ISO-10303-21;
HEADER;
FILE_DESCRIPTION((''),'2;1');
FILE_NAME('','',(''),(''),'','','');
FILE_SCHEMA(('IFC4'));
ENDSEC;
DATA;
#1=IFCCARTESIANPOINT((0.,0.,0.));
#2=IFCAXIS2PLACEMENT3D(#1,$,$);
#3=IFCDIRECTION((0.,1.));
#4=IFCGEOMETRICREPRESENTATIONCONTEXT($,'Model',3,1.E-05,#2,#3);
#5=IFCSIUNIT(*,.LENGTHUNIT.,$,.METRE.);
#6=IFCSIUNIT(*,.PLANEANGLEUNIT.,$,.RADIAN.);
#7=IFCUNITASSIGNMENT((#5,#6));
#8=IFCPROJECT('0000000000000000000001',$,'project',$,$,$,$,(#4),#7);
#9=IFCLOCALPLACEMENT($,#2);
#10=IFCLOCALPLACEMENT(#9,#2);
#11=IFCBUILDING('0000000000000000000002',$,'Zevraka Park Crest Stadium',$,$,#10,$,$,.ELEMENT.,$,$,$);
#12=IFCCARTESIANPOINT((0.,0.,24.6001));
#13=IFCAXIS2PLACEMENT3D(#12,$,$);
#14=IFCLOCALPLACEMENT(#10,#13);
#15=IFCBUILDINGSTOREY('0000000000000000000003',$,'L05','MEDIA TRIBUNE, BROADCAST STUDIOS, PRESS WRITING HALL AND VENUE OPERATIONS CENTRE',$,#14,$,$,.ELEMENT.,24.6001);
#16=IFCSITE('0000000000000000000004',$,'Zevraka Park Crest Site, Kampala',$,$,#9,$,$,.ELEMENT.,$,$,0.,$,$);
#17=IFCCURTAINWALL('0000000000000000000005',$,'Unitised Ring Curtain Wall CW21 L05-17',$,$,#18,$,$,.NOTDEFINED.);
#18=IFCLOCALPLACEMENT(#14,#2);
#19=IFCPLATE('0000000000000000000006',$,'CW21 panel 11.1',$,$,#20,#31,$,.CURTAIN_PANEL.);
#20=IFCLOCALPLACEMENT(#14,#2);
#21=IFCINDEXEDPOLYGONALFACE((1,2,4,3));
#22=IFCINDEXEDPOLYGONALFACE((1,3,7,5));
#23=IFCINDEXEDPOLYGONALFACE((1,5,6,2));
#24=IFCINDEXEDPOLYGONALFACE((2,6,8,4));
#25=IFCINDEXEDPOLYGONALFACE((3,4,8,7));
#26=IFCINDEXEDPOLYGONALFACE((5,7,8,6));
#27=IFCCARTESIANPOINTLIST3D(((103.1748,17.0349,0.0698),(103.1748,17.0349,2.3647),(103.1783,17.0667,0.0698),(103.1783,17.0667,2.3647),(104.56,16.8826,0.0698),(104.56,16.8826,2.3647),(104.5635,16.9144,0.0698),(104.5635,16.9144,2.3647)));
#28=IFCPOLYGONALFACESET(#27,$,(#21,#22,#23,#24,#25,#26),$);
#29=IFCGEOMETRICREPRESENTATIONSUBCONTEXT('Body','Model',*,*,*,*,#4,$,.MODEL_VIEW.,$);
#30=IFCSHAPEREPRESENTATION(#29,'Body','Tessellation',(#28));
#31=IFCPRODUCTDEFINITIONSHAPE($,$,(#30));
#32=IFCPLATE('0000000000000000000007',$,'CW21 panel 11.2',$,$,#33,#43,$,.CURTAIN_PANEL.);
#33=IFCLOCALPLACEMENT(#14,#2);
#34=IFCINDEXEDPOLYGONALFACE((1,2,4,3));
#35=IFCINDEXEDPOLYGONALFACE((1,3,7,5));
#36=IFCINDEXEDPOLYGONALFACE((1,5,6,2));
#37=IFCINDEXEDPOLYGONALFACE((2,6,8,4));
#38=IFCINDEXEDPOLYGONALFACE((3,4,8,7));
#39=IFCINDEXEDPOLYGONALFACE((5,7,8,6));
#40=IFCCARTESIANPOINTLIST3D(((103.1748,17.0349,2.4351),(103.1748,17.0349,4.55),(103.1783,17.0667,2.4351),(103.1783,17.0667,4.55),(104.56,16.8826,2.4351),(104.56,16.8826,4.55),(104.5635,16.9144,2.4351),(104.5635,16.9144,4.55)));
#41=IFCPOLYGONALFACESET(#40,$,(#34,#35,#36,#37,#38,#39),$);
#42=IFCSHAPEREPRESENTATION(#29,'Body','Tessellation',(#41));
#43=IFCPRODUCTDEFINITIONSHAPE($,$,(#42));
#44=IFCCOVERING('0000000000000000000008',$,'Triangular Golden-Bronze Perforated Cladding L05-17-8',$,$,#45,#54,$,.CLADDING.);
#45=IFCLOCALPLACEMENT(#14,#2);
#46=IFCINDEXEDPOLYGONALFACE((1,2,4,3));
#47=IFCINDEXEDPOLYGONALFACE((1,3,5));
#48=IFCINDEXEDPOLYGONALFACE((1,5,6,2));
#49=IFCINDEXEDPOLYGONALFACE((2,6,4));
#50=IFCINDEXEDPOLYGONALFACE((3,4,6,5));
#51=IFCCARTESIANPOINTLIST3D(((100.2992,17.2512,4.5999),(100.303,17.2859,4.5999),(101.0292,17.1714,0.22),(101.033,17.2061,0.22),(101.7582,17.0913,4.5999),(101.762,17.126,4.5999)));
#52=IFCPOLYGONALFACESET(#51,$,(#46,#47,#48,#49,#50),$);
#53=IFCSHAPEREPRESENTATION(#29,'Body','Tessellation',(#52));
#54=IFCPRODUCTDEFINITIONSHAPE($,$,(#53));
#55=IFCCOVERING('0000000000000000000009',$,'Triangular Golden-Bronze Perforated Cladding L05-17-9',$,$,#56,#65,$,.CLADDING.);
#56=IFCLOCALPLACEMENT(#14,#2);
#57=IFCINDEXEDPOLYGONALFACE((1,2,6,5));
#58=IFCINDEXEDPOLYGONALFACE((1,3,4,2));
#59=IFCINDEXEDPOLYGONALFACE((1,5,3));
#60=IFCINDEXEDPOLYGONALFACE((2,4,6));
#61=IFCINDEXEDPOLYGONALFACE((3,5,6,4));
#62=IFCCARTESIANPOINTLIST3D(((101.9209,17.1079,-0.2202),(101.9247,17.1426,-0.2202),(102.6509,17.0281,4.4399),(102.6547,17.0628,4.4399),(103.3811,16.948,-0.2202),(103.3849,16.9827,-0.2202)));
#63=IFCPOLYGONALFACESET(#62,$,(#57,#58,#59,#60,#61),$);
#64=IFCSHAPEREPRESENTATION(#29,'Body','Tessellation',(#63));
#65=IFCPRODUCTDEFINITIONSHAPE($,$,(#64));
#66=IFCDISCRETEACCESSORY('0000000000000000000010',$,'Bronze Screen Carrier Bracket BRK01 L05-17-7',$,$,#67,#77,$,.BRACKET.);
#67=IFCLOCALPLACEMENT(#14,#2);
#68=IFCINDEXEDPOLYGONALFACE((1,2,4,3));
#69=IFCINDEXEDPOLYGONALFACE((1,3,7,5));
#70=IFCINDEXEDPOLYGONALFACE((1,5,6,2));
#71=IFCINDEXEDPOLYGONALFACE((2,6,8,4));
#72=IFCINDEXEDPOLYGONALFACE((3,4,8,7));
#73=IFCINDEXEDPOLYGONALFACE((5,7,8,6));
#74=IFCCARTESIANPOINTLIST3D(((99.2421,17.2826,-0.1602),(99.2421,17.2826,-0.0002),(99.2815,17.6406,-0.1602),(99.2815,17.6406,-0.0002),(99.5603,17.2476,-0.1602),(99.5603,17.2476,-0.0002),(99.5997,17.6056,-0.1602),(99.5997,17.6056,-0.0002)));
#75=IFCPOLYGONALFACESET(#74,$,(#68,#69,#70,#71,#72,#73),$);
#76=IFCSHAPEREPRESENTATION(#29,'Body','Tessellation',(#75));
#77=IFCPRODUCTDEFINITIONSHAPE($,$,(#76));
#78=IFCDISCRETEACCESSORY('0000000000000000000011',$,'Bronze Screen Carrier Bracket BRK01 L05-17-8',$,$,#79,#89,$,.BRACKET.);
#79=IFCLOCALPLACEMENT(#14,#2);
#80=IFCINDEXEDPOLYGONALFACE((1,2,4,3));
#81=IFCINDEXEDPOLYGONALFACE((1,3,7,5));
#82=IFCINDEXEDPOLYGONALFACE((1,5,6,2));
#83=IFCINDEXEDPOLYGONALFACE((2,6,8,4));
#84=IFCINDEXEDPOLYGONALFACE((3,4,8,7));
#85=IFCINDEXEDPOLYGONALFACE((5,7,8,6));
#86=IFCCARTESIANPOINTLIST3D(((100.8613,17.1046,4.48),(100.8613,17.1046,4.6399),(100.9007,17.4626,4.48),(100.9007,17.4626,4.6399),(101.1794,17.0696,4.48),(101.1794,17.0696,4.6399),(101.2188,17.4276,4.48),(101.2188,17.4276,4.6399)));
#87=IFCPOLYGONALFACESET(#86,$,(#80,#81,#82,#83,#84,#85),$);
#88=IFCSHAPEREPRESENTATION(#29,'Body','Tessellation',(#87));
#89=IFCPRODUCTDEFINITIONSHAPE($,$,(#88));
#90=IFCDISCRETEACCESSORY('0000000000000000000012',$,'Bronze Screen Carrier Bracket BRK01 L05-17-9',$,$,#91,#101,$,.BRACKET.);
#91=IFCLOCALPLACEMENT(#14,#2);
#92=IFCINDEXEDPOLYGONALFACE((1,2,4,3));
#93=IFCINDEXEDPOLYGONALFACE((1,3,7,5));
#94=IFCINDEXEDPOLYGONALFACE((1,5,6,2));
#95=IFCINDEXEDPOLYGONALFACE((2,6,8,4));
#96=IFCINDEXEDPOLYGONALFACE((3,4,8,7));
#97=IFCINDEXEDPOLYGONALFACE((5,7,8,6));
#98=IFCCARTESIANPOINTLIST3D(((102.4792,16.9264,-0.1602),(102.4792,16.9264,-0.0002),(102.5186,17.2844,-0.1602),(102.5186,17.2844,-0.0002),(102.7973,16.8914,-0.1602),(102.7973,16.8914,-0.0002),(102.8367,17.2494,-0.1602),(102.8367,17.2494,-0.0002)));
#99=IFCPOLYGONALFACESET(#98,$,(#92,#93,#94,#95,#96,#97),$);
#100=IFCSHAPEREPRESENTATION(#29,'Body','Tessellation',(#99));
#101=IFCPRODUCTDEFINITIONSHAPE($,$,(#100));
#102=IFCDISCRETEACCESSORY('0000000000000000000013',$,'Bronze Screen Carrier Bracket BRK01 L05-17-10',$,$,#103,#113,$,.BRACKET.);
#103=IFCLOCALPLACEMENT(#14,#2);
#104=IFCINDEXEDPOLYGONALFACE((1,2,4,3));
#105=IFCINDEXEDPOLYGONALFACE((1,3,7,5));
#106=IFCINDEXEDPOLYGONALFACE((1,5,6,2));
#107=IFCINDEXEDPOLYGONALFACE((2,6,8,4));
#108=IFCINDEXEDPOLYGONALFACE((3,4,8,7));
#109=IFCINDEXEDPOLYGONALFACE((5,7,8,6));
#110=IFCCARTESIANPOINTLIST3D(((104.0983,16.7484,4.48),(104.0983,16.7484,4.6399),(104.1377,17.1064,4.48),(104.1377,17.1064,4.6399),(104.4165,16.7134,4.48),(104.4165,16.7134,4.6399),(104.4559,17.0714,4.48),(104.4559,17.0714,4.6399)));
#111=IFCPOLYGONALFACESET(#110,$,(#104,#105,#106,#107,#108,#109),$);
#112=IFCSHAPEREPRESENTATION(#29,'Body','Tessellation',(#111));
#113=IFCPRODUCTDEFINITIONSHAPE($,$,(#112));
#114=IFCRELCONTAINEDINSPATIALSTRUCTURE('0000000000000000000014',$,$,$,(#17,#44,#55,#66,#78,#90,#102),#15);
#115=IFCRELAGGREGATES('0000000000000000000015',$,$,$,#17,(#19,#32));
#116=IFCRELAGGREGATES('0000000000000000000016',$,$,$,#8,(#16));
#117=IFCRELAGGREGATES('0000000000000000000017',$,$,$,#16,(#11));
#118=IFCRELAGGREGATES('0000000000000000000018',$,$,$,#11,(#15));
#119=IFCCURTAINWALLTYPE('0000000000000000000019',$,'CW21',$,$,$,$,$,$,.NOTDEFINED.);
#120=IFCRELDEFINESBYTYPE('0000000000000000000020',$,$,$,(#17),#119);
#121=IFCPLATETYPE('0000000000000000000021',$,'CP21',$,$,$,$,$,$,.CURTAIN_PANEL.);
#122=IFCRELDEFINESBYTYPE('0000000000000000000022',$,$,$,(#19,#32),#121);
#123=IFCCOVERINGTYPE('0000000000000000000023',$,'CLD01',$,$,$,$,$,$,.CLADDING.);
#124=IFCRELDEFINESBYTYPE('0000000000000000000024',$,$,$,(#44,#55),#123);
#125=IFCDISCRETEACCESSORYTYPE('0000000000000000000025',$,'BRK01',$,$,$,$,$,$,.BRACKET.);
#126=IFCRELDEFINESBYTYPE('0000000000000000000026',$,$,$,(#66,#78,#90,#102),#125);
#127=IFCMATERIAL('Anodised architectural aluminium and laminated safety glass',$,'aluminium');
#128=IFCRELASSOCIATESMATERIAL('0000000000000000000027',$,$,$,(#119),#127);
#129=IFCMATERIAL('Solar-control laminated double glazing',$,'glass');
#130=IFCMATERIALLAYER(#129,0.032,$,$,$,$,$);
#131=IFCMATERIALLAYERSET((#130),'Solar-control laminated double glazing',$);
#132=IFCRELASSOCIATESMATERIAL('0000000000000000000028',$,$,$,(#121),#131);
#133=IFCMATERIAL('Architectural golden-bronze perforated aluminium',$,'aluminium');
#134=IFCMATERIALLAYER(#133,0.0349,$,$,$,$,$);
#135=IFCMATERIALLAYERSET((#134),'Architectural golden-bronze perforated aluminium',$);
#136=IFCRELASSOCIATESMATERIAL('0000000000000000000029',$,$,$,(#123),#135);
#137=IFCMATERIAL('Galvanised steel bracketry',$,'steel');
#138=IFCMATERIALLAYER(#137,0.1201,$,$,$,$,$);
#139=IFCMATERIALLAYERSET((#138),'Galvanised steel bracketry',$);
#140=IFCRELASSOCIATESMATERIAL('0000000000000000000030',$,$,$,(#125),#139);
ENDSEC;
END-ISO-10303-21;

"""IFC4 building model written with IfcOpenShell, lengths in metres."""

from ifc_helpers import new_model, si_unit, direction, frame, origin, origin_2d, place, context, subcontext, project, spatial, polyline, rectangle, outline, extrude, material, layer, layer_set, type_object, element, aggregate, save


model = new_model("IFC4")

# Units and contexts
model_context = context("Model", 3, precision=1e-05, world=origin(), true_north=direction((0.0, 1.0)))
body_context = subcontext(model_context, "Body", "Model", "MODEL_VIEW")
ifc_project = project(units=[si_unit("LENGTHUNIT", "METRE"), si_unit("PLANEANGLEUNIT", "RADIAN")], contexts=[model_context])

# Site, building, storey
site_placement = place(None, origin())
site = spatial("IfcSite", under=ifc_project, at=site_placement, Name="Zevraka Park Crest Site, Kampala", CompositionType="ELEMENT", RefElevation=0.0)
building_placement = place(site_placement, origin())
building = spatial("IfcBuilding", under=site, at=building_placement, Name="Zevraka Park Crest Stadium", CompositionType="ELEMENT")
storey_placement = place(building_placement, frame((0.0, 0.0, 24.6001)))
storey = spatial("IfcBuildingStorey", under=building, at=storey_placement, Name="L05", Description="MEDIA TRIBUNE, BROADCAST STUDIOS, PRESS WRITING HALL AND VENUE OPERATIONS CENTRE", CompositionType="ELEMENT", Elevation=24.6001)

# Curtain wall
ifc_material_1 = material(Name="Anodised architectural aluminium and laminated safety glass", Category="aluminium")
curtain_wall_type = type_object("IfcCurtainWallType", Name="CW21", PredefinedType="NOTDEFINED", material=ifc_material_1)
curtain_wall_placement = place(storey_placement, origin())
curtain_wall = element("IfcCurtainWall", 1, at=curtain_wall_placement, inside=storey, type_object=curtain_wall_type, Name="Unitised Ring Curtain Wall CW21 L05-17", PredefinedType="NOTDEFINED")

# Plates
ifc_material_2 = material(Name="Solar-control laminated double glazing", Category="glass")
ifc_layer_1 = layer(ifc_material_2, 0.032)
ifc_layer_set_1 = layer_set([ifc_layer_1], Name="Solar-control laminated double glazing")
plate_type = type_object("IfcPlateType", Name="CP21", PredefinedType="CURTAIN_PANEL", material=ifc_layer_set_1)
plate_1_placement = place(storey_placement, frame((103.8691, 16.9746, 0.0698), z_axis=(0.0, 0.0, 1.0), x_axis=(0.99401, -0.109288, 0.0)))
plate_1 = element("IfcPlate", 2, at=plate_1_placement, type_object=plate_type, Name="CW21 panel 11.1", PredefinedType="CURTAIN_PANEL", context=body_context, shape_type="SweptSolid", body=[
    extrude(rectangle(XDim=1.3936, YDim=0.032, at=origin_2d()), origin(), (0.0, 0.0, 1.0), 2.2949),
])
plate_2_placement = place(storey_placement, frame((103.8691, 16.9746, 2.4351), z_axis=(0.0, 0.0, 1.0), x_axis=(0.99401, -0.109288, 0.0)))
plate_2 = element("IfcPlate", 3, at=plate_2_placement, type_object=plate_type, Name="CW21 panel 11.2", PredefinedType="CURTAIN_PANEL", context=body_context, shape_type="SweptSolid", body=[
    extrude(rectangle(XDim=1.3936, YDim=0.032, at=origin_2d()), origin(), (0.0, 0.0, 1.0), 2.115),
])
aggregate(curtain_wall, [plate_1, plate_2])

# Coverings
ifc_material_3 = material(Name="Architectural golden-bronze perforated aluminium", Category="aluminium")
ifc_layer_2 = layer(ifc_material_3, 0.0349)
ifc_layer_set_2 = layer_set([ifc_layer_2], Name="Architectural golden-bronze perforated aluminium")
covering_type = type_object("IfcCoveringType", Name="CLD01", PredefinedType="CLADDING", material=ifc_layer_set_2)
covering_1_placement = place(storey_placement, frame((101.762, 17.126, 4.5999), z_axis=(0.108953, 0.994047, 0.00004), x_axis=(-0.994047, 0.108953, 0.0)))
element("IfcCovering", 4, at=covering_1_placement, inside=storey, type_object=covering_type, Name="Triangular Golden-Bronze Perforated Cladding L05-17-8", PredefinedType="CLADDING", context=body_context, shape_type="SweptSolid", body=[
    extrude(outline(polyline([(0.0, 0.0), (1.4677, 0.0), (0.7334, -4.3799), (0.0, 0.0)])), origin(), (0.0, 0.0, -1.0), 0.0349),
])
covering_2_placement = place(storey_placement, frame((101.9209, 17.1079, -0.2202), z_axis=(-0.108863, -0.994057, 0.000023), x_axis=(0.994057, -0.108863, 0.0)))
element("IfcCovering", 5, at=covering_2_placement, inside=storey, type_object=covering_type, Name="Triangular Golden-Bronze Perforated Cladding L05-17-9", PredefinedType="CLADDING", context=body_context, shape_type="SweptSolid", body=[
    extrude(outline(polyline([(0.0, 0.0), (1.4689, 0.0), (0.7343, 4.6602), (0.0, 0.0)])), origin(), (0.0, 0.0, -1.0), 0.0349),
])

# Discrete accessories
ifc_material_4 = material(Name="Galvanised steel bracketry", Category="steel")
ifc_layer_3 = layer(ifc_material_4, 0.1201)
ifc_layer_set_3 = layer_set([ifc_layer_3], Name="Galvanised steel bracketry")
discrete_accessory_type = type_object("IfcDiscreteAccessoryType", Name="BRK01", PredefinedType="BRACKET", material=ifc_layer_set_3)
for number, where, z_axis, x_axis, name in (
    (6, (99.4209, 17.4441, -0.1602), (0.0, 0.0, 1.0), (0.993999, -0.109387, 0.0), "Bronze Screen Carrier Bracket BRK01 L05-17-7"),
    (7, (101.04, 17.2661, 4.48), (0.0, 0.0, 1.0), (0.993999, -0.109387, 0.0), "Bronze Screen Carrier Bracket BRK01 L05-17-8"),
    (8, (102.658, 17.0879, -0.1602), (0.0, 0.0, 1.0), (0.993999, -0.109387, 0.0), "Bronze Screen Carrier Bracket BRK01 L05-17-9"),
    (9, (104.2771, 16.9099, 4.48), (0.0, 0.0, 1.0), (0.993999, -0.109387, 0.0), "Bronze Screen Carrier Bracket BRK01 L05-17-10"),
):
    element("IfcDiscreteAccessory", number, at=place(storey_placement, frame(where, z_axis=z_axis, x_axis=x_axis)), inside=storey, type_object=discrete_accessory_type, Name=name, PredefinedType="BRACKET", context=body_context, shape_type="SweptSolid", body=[
        extrude(rectangle(XDim=0.3201, YDim=0.3601, at=origin_2d()), origin(), (0.0, 0.0, 1.0), 0.1599),
    ])

save(model, "model.ifc")
